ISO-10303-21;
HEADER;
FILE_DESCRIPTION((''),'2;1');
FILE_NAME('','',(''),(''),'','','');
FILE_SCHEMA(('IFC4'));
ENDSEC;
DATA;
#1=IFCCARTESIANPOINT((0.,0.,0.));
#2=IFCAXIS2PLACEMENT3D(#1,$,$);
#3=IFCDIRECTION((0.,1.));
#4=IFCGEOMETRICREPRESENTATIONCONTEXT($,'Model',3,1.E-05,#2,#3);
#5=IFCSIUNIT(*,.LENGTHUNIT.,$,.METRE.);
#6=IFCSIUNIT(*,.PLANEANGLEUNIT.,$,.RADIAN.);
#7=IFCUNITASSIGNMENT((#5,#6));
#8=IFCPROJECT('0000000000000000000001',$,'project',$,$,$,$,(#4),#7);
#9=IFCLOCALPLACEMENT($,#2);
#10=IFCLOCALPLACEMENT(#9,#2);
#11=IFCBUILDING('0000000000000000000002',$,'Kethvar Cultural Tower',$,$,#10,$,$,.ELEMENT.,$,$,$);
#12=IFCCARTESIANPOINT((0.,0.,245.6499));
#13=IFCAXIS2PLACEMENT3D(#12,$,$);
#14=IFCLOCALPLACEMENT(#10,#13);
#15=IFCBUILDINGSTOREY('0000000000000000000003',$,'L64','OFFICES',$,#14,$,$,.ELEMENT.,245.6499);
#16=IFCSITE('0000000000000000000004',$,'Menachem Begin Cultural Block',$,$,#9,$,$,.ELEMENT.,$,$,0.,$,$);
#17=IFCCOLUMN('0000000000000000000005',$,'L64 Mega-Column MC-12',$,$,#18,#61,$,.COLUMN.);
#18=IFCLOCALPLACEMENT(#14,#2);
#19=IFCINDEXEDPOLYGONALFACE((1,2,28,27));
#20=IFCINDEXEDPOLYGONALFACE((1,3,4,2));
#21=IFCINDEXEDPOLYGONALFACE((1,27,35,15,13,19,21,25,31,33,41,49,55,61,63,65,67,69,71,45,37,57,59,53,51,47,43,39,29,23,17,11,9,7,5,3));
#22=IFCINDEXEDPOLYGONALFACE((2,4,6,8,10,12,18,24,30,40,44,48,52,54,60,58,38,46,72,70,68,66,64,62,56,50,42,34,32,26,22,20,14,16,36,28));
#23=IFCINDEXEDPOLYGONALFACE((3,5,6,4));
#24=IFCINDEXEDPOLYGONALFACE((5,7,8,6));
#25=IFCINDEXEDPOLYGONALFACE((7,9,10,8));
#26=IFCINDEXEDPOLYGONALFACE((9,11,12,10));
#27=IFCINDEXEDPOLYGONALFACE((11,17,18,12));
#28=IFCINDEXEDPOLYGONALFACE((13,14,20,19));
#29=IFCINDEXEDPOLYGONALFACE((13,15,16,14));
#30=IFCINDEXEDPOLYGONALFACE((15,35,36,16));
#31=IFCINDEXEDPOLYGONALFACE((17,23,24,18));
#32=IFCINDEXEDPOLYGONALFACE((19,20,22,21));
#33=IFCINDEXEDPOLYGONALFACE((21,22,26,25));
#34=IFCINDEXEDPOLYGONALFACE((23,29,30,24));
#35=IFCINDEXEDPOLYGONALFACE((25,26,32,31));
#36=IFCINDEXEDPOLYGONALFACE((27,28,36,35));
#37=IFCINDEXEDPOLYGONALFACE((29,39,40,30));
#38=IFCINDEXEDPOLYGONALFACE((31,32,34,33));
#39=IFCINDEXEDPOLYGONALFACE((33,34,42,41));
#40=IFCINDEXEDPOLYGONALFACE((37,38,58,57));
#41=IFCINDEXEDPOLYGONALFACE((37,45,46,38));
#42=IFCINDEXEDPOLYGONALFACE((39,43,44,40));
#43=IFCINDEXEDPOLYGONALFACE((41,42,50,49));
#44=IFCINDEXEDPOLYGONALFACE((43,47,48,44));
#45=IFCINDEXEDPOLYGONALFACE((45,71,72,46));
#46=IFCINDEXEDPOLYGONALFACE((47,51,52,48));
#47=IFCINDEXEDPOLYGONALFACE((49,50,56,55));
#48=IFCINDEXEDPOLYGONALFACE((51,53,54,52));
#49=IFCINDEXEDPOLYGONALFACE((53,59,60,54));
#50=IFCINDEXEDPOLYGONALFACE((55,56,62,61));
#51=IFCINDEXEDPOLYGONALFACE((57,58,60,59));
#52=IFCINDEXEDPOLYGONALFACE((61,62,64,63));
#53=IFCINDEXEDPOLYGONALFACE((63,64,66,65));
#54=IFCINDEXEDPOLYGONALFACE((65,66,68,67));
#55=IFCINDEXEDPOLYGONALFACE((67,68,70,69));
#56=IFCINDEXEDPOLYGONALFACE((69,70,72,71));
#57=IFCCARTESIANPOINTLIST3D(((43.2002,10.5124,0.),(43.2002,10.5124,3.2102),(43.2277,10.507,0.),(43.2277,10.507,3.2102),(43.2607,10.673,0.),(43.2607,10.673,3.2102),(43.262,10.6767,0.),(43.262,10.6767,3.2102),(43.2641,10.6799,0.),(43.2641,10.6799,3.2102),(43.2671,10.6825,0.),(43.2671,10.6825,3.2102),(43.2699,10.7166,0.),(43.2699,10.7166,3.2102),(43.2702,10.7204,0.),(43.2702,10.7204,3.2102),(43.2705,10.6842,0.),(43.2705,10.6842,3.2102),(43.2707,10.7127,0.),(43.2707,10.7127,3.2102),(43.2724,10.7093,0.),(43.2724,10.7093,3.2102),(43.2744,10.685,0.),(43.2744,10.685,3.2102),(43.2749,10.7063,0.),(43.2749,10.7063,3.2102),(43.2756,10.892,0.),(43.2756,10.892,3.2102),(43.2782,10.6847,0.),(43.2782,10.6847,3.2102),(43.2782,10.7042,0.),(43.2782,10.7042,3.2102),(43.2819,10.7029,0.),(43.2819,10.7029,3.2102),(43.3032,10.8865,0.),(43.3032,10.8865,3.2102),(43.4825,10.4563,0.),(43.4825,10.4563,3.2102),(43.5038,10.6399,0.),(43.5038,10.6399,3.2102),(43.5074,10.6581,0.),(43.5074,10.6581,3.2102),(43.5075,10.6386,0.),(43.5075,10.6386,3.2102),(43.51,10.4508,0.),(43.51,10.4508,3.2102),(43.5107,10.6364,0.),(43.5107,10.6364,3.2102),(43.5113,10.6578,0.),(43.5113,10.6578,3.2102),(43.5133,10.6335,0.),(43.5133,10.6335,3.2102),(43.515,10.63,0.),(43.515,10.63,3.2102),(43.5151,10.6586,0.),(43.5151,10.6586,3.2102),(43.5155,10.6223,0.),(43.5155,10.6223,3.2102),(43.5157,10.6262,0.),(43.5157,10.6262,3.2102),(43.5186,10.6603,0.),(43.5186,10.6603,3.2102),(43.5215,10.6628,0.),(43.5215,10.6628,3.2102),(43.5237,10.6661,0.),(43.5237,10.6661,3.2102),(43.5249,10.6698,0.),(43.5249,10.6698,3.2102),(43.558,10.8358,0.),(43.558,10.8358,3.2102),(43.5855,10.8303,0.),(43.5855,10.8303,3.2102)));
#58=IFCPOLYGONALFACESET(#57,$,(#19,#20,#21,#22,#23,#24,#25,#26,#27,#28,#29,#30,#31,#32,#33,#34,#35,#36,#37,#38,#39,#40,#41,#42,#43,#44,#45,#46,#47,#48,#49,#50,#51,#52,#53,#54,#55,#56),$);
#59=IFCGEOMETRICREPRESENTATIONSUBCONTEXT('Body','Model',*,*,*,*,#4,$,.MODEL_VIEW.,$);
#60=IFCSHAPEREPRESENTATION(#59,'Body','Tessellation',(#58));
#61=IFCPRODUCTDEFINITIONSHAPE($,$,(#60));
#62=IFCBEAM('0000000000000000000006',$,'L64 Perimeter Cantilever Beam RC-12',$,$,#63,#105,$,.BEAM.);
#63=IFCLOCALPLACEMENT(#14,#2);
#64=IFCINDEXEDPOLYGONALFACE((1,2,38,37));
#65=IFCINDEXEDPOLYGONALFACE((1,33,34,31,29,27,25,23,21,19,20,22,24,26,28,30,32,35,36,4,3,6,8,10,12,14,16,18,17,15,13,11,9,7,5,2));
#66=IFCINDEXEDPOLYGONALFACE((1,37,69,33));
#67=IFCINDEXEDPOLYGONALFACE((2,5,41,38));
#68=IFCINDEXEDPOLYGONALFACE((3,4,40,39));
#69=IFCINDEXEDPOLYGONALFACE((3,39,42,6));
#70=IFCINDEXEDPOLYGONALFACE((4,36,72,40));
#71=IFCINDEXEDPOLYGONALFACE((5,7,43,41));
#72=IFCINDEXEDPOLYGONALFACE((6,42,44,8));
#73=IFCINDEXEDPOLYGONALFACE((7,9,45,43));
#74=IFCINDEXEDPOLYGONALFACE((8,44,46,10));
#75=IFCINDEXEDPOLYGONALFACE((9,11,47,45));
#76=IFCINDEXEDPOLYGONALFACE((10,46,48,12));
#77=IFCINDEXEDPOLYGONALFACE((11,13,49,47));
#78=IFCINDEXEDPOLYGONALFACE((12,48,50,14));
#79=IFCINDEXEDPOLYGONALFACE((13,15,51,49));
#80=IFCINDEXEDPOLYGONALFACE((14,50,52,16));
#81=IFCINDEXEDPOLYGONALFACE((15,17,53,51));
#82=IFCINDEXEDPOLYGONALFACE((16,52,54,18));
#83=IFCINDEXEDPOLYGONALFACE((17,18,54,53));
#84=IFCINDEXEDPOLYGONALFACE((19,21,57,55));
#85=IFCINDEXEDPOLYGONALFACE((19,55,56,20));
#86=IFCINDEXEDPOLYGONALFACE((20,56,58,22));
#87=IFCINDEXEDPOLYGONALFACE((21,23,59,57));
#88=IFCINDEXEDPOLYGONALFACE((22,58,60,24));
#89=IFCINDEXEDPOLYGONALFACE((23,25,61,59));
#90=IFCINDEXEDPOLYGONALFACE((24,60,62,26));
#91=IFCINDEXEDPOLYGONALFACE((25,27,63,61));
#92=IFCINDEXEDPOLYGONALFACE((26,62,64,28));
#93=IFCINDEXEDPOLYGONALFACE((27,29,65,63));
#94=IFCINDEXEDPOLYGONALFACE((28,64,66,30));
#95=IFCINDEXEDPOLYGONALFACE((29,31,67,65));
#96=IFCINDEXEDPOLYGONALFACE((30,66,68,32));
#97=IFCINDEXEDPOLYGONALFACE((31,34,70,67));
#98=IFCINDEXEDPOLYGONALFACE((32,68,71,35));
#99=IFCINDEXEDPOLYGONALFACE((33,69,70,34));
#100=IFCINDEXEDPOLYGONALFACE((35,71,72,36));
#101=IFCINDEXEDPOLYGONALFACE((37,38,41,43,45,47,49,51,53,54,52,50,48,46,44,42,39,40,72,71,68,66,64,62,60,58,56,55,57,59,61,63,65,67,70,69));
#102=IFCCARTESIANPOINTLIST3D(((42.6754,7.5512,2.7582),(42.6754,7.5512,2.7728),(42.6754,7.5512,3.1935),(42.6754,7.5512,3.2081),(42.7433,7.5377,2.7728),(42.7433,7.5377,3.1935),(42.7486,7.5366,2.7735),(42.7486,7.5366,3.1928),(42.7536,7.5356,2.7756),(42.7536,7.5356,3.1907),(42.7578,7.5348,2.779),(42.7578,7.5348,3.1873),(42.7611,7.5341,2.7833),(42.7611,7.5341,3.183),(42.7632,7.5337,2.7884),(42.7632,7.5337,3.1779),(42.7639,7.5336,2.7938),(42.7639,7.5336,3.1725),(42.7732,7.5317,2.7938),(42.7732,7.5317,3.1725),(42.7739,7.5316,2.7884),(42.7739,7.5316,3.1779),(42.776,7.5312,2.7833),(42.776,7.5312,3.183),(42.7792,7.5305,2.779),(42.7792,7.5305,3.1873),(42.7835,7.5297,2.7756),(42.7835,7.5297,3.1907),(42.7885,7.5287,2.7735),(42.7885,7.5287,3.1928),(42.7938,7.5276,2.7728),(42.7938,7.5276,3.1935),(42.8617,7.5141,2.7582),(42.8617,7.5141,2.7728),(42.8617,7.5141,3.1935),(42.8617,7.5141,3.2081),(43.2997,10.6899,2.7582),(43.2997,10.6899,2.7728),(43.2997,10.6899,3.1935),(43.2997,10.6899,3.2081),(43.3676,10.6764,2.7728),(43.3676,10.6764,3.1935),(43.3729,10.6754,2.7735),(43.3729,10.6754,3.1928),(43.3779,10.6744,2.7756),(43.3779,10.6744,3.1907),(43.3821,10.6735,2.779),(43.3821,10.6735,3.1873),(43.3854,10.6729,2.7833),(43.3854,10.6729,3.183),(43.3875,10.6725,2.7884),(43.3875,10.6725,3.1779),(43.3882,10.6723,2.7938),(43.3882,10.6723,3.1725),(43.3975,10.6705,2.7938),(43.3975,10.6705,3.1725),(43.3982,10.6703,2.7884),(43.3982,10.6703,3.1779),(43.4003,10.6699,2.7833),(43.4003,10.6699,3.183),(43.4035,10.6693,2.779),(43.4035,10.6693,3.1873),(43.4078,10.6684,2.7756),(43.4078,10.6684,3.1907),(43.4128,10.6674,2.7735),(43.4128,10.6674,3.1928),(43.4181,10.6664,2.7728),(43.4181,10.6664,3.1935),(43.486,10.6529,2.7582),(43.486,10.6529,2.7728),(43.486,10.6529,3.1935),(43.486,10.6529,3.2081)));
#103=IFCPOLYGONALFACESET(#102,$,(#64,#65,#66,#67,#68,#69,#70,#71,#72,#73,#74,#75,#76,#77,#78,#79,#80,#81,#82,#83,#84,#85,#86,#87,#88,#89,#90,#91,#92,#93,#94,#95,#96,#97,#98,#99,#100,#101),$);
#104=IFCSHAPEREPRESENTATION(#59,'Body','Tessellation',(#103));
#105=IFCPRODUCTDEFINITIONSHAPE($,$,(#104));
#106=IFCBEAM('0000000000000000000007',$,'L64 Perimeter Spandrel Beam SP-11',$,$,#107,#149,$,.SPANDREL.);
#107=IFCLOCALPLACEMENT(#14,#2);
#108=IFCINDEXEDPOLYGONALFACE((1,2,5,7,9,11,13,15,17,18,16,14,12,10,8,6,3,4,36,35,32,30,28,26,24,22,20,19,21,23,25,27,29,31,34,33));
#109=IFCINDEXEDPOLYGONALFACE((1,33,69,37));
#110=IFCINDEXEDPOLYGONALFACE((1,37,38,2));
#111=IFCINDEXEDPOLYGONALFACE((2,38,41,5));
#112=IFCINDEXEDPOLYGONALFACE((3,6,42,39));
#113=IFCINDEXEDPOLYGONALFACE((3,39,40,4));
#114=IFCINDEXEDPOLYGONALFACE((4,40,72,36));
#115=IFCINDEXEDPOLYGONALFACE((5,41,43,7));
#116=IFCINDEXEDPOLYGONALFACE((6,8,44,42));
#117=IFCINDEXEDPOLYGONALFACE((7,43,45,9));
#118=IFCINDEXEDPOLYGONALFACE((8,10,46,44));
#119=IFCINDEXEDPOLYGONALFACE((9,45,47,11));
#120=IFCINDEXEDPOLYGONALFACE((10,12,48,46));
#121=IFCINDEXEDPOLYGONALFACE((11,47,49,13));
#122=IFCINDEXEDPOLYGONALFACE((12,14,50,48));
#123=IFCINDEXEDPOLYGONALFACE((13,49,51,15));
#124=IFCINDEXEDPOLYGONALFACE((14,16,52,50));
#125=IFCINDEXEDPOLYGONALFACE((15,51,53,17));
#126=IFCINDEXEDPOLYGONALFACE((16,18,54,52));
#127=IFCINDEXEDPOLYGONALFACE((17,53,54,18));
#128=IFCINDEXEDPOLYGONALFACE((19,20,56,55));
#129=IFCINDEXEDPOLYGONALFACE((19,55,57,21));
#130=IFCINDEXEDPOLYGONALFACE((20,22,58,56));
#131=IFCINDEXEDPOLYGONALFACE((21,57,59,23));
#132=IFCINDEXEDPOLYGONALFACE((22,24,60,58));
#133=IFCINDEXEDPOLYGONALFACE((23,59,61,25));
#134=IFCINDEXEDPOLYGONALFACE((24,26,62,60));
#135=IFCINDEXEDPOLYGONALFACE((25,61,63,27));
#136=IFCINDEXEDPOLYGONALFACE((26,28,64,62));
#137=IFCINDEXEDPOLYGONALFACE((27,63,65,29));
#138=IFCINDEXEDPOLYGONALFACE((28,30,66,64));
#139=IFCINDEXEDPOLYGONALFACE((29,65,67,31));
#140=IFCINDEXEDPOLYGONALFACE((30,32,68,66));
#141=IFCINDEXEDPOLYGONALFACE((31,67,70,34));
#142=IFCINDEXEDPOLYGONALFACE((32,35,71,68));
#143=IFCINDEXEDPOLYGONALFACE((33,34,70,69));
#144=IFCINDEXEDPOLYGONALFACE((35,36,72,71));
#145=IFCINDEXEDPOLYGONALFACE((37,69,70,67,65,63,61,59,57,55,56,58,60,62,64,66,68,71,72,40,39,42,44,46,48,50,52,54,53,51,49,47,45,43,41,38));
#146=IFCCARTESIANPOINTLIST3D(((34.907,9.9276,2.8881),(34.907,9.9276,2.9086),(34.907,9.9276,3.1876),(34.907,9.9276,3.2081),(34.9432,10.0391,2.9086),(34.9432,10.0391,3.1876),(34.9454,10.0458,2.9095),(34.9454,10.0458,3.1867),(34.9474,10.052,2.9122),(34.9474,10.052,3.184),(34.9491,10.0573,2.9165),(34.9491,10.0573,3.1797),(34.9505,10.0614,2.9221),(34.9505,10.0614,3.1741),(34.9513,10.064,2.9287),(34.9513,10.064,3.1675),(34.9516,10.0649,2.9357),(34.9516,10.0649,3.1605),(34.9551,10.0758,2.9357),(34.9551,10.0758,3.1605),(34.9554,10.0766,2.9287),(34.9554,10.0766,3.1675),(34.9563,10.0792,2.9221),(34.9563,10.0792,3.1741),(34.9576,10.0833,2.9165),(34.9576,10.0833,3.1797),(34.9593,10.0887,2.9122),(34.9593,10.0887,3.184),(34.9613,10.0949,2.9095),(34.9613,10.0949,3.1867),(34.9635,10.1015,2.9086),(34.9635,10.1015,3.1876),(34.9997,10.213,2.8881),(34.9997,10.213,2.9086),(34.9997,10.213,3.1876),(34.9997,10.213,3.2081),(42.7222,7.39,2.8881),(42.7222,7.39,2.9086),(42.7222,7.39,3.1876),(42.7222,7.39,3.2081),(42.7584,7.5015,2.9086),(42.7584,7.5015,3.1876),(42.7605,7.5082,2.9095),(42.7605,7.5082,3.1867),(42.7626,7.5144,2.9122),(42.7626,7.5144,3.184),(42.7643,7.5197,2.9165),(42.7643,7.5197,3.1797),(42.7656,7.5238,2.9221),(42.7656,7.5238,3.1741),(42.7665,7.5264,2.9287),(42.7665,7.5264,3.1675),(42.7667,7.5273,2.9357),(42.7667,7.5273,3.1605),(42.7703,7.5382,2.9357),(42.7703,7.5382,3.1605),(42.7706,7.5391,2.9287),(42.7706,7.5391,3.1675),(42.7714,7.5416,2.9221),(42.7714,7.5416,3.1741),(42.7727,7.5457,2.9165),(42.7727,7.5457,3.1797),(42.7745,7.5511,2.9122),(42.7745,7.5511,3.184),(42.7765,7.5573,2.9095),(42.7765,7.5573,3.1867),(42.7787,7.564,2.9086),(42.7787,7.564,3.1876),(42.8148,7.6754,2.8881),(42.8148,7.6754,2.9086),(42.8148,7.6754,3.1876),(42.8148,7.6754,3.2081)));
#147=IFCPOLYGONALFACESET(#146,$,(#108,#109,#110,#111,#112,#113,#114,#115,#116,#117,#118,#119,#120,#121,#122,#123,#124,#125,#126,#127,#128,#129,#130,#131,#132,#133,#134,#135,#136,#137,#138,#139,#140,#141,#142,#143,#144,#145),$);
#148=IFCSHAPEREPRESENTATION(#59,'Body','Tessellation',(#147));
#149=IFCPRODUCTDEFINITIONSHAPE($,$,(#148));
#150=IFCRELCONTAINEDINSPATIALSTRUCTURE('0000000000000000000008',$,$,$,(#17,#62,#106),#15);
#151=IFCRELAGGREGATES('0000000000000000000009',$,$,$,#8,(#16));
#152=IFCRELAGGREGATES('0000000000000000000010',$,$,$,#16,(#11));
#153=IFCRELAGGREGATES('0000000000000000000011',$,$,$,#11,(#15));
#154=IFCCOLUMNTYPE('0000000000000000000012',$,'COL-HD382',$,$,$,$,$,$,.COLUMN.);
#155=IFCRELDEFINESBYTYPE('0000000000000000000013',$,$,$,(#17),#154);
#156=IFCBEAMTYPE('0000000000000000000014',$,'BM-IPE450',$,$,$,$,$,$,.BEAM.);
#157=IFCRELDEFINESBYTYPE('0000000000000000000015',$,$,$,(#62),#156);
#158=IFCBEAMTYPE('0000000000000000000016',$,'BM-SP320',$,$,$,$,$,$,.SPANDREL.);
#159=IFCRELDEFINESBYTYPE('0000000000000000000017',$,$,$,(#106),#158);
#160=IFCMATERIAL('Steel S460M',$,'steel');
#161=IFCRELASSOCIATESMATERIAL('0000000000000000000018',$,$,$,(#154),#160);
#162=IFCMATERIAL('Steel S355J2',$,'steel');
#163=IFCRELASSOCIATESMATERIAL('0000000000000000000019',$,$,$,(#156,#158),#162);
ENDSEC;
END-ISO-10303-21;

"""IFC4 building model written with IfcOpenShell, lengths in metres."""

from ifc_helpers import new_model, si_unit, direction, frame, origin, origin_2d, place, context, subcontext, project, spatial, i_section, extrude, source, transform, mapped, material, material_profile, profile_set, type_object, element, save


model = new_model("IFC4")

# Units and contexts
model_context = context("Model", 3, precision=1e-05, world=origin(), true_north=direction((0.0, 1.0)))
body_context = subcontext(model_context, "Body", "Model", "MODEL_VIEW")
ifc_project = project(units=[si_unit("LENGTHUNIT", "METRE"), si_unit("PLANEANGLEUNIT", "RADIAN")], contexts=[model_context])

# Site, building, storey
site_placement = place(None, origin())
site = spatial("IfcSite", under=ifc_project, at=site_placement, Name="Menachem Begin Cultural Block", CompositionType="ELEMENT", RefElevation=0.0)
building_placement = place(site_placement, origin())
building = spatial("IfcBuilding", under=site, at=building_placement, Name="Kethvar Cultural Tower", CompositionType="ELEMENT")
storey_placement = place(building_placement, frame((0.0, 0.0, 245.6499)))
storey = spatial("IfcBuildingStorey", under=building, at=storey_placement, Name="L64", Description="OFFICES", CompositionType="ELEMENT", Elevation=245.6499)

# Column
ifc_material_1 = material(Name="Steel S460M", Category="steel")
ifc_material_profile_1 = material_profile(ifc_material_1, i_section(OverallWidth=0.387, OverallDepth=0.3159, WebThickness=0.0186, FlangeThickness=0.0281, FilletRadius=0.0149, at=origin_2d()), Name="Steel S460M — HD400x382")
ifc_profile_set_1 = profile_set([ifc_material_profile_1], Name="Steel S460M — HD400x382")
column_type = type_object("IfcColumnType", Name="COL-HD382", PredefinedType="COLUMN", material=ifc_profile_set_1)
shared_shape_1 = source(origin(), body_context, "Body", "SweptSolid", [
    extrude(i_section(OverallWidth=0.387, OverallDepth=0.3159, WebThickness=0.0186, FlangeThickness=0.0281, FilletRadius=0.0149, at=origin_2d()), origin(), (0.0, 0.0, 1.0), 3.2102),
])
column_placement = place(storey_placement, frame((43.3928, 10.6714, 0.0), z_axis=(0.0, 0.0, 1.0), x_axis=(-0.19509, -0.980785, 0.0)))
element("IfcColumn", 1, at=column_placement, inside=storey, type_object=column_type, Name="L64 Mega-Column MC-12", PredefinedType="COLUMN", context=body_context, shape_type="MappedRepresentation", body=[
    mapped(shared_shape_1, transform((0.0, 0.0, 0.0), scale=1.0)),
])

# Beams
ifc_material_2 = material(Name="Steel S355J2", Category="steel")
ifc_material_profile_2 = material_profile(ifc_material_2, i_section(OverallWidth=0.1899, OverallDepth=0.45, WebThickness=0.0095, FlangeThickness=0.0146, FilletRadius=0.021, at=origin_2d()), Name="Steel S355J2 — IPE450")
ifc_profile_set_2 = profile_set([ifc_material_profile_2], Name="Steel S355J2 — IPE450")
beam_type_1 = type_object("IfcBeamType", Name="BM-IPE450", PredefinedType="BEAM", material=ifc_profile_set_2)
shared_shape_2 = source(origin(), body_context, "Body", "SweptSolid", [
    extrude(i_section(OverallWidth=0.1899, OverallDepth=0.45, WebThickness=0.0095, FlangeThickness=0.0146, FilletRadius=0.021, at=origin_2d()), origin(), (0.0, 0.0, 1.0), 3.2002),
])
beam_1_placement = place(storey_placement, frame((43.3928, 10.6714, 2.9832), z_axis=(-0.195074, -0.980788, 0.0), x_axis=(0.980788, -0.195074, 0.0)))
element("IfcBeam", 2, at=beam_1_placement, inside=storey, type_object=beam_type_1, Name="L64 Perimeter Cantilever Beam RC-12", PredefinedType="BEAM", context=body_context, shape_type="MappedRepresentation", body=[
    mapped(shared_shape_2, transform((0.0, 0.0, 0.0), scale=1.0)),
])
ifc_material_profile_3 = material_profile(ifc_material_2, i_section(OverallWidth=0.3, OverallDepth=0.3201, WebThickness=0.0115, FlangeThickness=0.0205, FilletRadius=0.0271, at=origin_2d()), Name="Steel S355J2 — HEB320")
ifc_profile_set_3 = profile_set([ifc_material_profile_3], Name="Steel S355J2 — HEB320")
beam_type_2 = type_object("IfcBeamType", Name="BM-SP320", PredefinedType="SPANDREL", material=ifc_profile_set_3)
shared_shape_3 = source(origin(), body_context, "Body", "SweptSolid", [
    extrude(i_section(OverallWidth=0.3, OverallDepth=0.3201, WebThickness=0.0115, FlangeThickness=0.0205, FilletRadius=0.0271, at=origin_2d()), origin(), (0.0, 0.0, 1.0), 8.2168),
])
beam_2_placement = place(storey_placement, frame((34.9534, 10.0703, 3.0481), z_axis=(0.951118, -0.308829, 0.0), x_axis=(0.308829, 0.951118, 0.0)))
element("IfcBeam", 3, at=beam_2_placement, inside=storey, type_object=beam_type_2, Name="L64 Perimeter Spandrel Beam SP-11", PredefinedType="SPANDREL", context=body_context, shape_type="MappedRepresentation", body=[
    mapped(shared_shape_3, transform((0.0, 0.0, 0.0), scale=1.0)),
])

save(model, "model.ifc")
